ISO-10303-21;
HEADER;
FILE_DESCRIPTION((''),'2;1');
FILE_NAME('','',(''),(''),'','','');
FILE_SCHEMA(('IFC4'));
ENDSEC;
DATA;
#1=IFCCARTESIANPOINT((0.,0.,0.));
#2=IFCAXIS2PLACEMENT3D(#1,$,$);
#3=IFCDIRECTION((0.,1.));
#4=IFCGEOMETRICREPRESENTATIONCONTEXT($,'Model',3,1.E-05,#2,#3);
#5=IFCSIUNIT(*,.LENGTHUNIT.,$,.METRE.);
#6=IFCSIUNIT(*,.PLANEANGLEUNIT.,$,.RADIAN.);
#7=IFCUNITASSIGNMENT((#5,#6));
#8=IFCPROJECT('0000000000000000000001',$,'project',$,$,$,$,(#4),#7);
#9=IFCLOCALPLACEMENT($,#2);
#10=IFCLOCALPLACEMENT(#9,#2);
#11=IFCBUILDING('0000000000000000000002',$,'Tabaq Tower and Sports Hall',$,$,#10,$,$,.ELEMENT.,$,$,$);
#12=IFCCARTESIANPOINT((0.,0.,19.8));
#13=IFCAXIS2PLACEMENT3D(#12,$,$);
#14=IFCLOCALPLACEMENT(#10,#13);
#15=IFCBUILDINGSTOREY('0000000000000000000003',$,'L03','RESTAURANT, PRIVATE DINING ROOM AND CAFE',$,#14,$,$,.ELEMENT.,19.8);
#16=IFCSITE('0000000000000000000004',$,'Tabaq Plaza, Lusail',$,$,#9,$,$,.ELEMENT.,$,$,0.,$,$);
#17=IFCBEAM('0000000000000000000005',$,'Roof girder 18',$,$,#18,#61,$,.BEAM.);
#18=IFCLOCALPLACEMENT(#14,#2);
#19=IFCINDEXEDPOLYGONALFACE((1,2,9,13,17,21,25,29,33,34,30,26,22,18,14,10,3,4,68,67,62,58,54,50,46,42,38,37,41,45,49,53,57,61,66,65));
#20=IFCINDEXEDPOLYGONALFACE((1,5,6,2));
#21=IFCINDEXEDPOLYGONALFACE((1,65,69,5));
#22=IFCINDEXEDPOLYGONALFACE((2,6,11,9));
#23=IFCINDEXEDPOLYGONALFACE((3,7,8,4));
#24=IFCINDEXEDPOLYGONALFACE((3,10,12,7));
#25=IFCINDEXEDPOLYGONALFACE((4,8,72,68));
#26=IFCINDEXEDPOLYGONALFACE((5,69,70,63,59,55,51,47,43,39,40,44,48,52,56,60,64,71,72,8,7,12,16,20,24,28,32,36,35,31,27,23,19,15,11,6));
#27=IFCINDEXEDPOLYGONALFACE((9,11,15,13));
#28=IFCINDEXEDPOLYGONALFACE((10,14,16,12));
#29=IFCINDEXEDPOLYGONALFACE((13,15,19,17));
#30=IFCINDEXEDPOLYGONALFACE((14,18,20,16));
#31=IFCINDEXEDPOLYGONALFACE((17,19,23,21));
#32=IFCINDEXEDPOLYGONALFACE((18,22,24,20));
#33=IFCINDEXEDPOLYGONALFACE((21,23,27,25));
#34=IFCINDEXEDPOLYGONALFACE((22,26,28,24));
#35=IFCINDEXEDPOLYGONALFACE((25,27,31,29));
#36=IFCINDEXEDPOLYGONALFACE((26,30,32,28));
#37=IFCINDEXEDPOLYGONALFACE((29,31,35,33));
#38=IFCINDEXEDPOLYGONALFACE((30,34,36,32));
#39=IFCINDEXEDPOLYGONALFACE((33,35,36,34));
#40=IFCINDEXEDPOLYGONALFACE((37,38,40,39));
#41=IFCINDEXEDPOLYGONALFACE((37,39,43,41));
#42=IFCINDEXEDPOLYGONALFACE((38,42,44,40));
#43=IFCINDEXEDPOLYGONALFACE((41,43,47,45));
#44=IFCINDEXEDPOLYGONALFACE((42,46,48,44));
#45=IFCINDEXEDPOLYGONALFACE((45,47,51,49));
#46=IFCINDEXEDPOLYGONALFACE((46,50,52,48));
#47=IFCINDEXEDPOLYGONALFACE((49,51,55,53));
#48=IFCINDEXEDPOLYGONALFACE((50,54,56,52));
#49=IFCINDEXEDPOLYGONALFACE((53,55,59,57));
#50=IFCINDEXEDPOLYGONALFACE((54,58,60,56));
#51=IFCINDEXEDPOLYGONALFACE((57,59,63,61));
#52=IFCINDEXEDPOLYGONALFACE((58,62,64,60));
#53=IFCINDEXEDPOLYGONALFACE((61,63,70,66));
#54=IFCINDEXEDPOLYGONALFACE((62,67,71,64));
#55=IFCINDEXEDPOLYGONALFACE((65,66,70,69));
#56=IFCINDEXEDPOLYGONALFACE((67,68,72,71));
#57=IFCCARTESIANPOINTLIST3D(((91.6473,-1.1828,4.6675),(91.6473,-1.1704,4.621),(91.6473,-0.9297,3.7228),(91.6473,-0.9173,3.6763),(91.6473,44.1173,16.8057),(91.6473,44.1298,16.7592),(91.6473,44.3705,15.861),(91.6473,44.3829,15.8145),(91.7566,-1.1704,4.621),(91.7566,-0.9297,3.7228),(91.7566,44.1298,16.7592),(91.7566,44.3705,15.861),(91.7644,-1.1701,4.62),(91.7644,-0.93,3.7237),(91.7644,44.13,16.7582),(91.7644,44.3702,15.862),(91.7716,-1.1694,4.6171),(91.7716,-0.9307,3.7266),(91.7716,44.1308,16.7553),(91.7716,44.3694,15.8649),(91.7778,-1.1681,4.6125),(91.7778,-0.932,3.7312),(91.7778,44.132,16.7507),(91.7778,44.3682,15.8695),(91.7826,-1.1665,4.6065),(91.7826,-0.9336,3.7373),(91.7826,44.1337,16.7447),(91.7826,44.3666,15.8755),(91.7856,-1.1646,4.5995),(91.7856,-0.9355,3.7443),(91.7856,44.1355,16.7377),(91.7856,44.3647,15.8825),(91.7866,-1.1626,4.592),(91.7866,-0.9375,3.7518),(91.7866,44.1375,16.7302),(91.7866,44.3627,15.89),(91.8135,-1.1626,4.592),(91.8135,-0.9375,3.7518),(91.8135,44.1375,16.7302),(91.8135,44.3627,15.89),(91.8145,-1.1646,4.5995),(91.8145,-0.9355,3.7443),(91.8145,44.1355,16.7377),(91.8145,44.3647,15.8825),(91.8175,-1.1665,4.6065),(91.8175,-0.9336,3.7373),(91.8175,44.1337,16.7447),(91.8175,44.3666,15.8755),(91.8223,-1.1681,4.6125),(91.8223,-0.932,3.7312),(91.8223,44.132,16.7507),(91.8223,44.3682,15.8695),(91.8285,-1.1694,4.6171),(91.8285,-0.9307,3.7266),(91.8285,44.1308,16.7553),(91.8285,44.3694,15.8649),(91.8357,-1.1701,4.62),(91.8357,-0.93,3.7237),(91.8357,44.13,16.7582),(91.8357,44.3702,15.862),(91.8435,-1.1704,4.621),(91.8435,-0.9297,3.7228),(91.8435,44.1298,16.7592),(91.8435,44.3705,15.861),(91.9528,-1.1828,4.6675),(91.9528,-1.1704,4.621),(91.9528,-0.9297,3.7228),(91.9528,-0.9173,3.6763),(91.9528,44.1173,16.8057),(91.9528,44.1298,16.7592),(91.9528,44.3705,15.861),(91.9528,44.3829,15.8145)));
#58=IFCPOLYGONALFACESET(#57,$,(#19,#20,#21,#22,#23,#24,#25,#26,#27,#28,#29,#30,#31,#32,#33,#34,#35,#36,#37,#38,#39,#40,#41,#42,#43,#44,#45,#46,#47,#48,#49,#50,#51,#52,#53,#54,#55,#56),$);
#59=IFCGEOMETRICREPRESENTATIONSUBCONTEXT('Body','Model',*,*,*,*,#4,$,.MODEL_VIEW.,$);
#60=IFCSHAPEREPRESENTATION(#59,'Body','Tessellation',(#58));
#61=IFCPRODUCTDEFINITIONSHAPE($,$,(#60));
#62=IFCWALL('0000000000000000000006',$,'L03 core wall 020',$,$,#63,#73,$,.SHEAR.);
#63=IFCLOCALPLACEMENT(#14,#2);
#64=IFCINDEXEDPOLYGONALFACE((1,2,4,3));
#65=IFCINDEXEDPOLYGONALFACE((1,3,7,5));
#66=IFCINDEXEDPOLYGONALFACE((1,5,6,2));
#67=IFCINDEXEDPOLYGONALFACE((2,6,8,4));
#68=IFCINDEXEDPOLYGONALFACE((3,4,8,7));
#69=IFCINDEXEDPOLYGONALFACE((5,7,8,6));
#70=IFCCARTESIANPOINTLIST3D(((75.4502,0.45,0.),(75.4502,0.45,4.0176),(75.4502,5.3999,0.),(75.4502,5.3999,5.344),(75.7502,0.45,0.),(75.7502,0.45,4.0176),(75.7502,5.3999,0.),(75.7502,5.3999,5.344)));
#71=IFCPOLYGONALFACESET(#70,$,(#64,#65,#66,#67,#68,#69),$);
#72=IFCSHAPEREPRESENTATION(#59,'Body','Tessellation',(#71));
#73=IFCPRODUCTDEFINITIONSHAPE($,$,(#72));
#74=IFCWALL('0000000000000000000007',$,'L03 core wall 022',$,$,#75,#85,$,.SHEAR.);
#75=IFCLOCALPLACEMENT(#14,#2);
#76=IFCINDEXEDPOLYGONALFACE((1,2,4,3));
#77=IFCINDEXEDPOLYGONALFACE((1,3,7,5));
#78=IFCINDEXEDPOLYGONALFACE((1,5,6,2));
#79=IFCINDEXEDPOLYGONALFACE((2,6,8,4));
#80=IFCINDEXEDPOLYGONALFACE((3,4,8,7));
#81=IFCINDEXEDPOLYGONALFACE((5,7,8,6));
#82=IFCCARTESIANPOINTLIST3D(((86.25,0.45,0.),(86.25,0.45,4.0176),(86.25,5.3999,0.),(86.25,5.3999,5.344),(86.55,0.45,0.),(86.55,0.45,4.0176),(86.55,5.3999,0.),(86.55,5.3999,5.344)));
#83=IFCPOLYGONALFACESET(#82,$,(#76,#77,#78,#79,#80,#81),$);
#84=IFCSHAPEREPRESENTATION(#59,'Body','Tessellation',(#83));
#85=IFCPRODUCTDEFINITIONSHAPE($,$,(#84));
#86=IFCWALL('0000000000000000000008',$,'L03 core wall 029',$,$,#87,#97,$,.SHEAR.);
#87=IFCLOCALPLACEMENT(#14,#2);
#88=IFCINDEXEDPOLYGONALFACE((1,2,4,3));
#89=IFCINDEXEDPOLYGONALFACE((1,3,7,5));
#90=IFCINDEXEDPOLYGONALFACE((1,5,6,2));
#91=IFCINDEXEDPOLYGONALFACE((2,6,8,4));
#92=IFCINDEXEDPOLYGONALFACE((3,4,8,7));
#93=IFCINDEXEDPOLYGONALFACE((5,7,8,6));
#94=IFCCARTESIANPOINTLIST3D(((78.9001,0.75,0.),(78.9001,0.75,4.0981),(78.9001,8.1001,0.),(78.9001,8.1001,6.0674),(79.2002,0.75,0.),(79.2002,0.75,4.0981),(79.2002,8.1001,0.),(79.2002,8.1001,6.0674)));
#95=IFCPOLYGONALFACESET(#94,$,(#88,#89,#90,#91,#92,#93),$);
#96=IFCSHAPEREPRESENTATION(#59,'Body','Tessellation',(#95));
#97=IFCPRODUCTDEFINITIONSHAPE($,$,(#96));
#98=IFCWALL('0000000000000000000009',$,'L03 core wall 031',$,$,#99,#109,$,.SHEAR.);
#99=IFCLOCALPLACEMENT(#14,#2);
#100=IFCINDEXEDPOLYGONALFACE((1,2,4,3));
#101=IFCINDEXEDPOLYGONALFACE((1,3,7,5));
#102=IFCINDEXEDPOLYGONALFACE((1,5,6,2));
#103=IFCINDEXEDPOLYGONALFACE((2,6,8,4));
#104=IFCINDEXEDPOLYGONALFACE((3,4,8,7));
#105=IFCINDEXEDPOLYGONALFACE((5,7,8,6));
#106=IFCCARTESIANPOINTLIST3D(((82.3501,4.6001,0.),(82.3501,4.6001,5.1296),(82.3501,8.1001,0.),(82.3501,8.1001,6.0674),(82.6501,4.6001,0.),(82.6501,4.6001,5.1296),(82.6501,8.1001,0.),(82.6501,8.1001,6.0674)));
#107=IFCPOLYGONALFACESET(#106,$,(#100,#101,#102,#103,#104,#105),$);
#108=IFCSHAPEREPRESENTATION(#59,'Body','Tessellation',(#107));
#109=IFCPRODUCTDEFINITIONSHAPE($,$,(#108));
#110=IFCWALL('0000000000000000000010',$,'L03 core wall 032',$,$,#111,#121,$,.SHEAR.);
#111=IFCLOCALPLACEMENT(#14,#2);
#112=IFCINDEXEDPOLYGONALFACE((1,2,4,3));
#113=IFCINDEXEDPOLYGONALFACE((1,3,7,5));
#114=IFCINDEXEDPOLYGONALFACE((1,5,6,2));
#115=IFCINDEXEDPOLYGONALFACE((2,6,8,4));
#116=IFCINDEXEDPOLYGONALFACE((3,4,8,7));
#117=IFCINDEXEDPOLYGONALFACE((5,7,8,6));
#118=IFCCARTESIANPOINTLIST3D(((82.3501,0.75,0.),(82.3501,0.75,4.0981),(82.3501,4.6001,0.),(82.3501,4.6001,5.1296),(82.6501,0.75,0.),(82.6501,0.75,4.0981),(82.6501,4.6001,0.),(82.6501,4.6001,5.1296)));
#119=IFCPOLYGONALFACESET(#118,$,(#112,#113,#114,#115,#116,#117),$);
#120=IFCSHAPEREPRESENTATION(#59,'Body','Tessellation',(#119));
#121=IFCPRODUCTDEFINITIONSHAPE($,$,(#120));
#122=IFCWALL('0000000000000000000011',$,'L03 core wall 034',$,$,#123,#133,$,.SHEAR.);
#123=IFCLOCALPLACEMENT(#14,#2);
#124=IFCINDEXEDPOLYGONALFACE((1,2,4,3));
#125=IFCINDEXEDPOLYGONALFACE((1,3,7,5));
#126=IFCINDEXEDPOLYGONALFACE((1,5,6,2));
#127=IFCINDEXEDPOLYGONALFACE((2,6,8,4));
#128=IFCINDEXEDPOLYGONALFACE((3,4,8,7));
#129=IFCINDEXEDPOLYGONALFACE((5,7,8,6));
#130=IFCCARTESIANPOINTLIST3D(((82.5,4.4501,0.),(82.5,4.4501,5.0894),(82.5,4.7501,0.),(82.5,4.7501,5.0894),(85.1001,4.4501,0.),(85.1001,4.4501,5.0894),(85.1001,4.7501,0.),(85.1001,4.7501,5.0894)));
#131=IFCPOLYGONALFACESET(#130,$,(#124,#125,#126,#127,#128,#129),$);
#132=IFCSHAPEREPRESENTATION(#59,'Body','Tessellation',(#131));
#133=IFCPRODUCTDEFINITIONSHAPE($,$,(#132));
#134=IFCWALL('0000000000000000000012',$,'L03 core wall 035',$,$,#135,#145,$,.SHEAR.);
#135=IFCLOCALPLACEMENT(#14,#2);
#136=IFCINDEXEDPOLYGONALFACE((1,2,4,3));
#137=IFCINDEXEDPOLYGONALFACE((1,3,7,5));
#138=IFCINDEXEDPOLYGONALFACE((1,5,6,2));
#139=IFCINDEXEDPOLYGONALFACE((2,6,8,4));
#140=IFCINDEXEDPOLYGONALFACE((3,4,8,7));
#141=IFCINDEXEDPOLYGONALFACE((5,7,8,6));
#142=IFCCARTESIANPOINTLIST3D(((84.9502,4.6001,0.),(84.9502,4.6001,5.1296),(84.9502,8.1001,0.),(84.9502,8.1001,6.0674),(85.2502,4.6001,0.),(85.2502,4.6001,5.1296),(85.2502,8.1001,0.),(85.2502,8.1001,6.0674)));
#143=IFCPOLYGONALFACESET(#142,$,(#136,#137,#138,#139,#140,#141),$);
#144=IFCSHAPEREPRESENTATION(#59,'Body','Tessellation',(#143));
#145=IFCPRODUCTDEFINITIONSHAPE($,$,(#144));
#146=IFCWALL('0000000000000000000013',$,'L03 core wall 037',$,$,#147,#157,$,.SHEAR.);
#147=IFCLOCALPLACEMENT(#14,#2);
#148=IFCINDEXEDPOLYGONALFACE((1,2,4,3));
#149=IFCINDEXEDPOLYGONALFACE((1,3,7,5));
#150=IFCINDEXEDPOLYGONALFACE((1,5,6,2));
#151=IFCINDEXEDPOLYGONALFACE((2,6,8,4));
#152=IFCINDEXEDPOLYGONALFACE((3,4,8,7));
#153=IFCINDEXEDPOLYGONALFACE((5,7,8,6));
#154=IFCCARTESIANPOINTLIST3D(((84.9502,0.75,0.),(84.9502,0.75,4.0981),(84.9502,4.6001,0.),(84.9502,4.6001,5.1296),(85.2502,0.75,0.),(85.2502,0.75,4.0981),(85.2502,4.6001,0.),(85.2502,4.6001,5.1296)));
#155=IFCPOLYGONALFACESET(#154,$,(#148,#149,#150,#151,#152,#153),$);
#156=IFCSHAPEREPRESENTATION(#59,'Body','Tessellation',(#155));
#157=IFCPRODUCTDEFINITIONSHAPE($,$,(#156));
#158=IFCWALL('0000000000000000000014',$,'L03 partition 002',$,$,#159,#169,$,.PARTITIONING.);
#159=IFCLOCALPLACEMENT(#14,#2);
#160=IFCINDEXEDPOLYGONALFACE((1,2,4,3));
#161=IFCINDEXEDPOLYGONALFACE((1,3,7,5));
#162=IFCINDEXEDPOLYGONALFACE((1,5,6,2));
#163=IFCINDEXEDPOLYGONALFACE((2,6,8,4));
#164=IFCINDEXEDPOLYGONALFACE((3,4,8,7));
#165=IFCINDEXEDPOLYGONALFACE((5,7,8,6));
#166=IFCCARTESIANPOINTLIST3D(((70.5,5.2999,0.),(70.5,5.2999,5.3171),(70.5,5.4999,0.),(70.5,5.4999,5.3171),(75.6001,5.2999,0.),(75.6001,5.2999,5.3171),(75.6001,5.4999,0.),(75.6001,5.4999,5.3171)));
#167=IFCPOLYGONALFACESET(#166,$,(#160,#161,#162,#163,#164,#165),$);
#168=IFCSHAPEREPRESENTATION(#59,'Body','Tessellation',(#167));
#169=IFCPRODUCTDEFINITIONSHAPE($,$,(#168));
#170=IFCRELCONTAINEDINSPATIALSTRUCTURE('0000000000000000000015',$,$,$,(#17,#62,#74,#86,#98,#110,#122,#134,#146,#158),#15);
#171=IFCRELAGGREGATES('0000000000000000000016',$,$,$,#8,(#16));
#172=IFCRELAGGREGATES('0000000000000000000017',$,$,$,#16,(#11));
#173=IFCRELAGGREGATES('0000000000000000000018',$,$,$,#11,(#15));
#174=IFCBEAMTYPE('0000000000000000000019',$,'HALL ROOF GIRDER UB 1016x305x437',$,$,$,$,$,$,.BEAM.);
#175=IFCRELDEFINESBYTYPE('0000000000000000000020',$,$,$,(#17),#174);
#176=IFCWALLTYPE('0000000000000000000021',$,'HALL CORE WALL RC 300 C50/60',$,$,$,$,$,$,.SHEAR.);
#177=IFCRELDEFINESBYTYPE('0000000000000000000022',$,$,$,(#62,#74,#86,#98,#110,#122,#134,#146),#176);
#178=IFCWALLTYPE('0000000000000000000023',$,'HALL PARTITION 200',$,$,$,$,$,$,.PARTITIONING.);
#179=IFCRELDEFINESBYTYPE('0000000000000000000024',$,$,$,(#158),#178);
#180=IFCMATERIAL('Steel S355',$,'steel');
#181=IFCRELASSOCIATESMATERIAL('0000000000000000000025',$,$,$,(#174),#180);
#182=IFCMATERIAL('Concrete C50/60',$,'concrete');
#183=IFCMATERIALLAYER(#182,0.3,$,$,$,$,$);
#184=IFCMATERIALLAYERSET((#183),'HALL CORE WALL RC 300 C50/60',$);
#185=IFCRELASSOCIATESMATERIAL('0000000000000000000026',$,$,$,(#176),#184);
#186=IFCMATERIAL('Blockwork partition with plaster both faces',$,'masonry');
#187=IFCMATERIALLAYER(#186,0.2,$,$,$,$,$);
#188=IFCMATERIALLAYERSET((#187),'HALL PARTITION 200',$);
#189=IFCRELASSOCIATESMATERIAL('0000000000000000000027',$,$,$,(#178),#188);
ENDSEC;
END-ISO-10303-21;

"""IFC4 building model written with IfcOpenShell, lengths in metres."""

from ifc_helpers import new_model, si_unit, direction, frame, frame_2d, origin, origin_2d, place, context, subcontext, project, spatial, polyline, rectangle, i_section, outline, extrude, material, layer, layer_set, material_profile, profile_set, type_object, element, save


model = new_model("IFC4")

# Units and contexts
model_context = context("Model", 3, precision=1e-05, world=origin(), true_north=direction((0.0, 1.0)))
body_context = subcontext(model_context, "Body", "Model", "MODEL_VIEW")
ifc_project = project(units=[si_unit("LENGTHUNIT", "METRE"), si_unit("PLANEANGLEUNIT", "RADIAN")], contexts=[model_context])

# Site, building, storey
site_placement = place(None, origin())
site = spatial("IfcSite", under=ifc_project, at=site_placement, Name="Tabaq Plaza, Lusail", CompositionType="ELEMENT", RefElevation=0.0)
building_placement = place(site_placement, origin())
building = spatial("IfcBuilding", under=site, at=building_placement, Name="Tabaq Tower and Sports Hall", CompositionType="ELEMENT")
storey_placement = place(building_placement, frame((0.0, 0.0, 19.8)))
storey = spatial("IfcBuildingStorey", under=building, at=storey_placement, Name="L03", Description="RESTAURANT, PRIVATE DINING ROOM AND CAFE", CompositionType="ELEMENT", Elevation=19.8)

# Beam
ifc_material_1 = material(Name="Steel S355", Category="steel")
ifc_material_profile_1 = material_profile(ifc_material_1, i_section(OverallWidth=0.3054, OverallDepth=1.0261, WebThickness=0.0269, FlangeThickness=0.0481, FilletRadius=0.03, at=origin_2d()), Name="UB 1016x305x437")
ifc_profile_set_1 = profile_set([ifc_material_profile_1], Name="Steel S355")
beam_type_1 = type_object("IfcBeamType", Name="HALL ROOF GIRDER UB 1016x305x437", PredefinedType="BEAM", material=ifc_profile_set_1)
for number, where, z_axis, x_axis, name in (
    (1, (91.8, -1.05, 4.1719), (0.0, 0.965925, 0.25882), (-1.0, 0.0, 0.0), "Roof girder 18"),
):
    element("IfcBeam", number, at=place(storey_placement, frame(where, z_axis=z_axis, x_axis=x_axis)), inside=storey, type_object=beam_type_1, Name=name, PredefinedType="BEAM", context=body_context, shape_type="SweptSolid", body=[
        extrude(i_section(OverallWidth=0.3054, OverallDepth=1.0261, WebThickness=0.0269, FlangeThickness=0.0481, FilletRadius=0.03, at=origin_2d()), origin(), (0.0, 0.0, 1.0), 46.8982),
    ])

# Walls
ifc_material_2 = material(Name="Concrete C50/60", Category="concrete")
ifc_layer_1 = layer(ifc_material_2, 0.3)
ifc_layer_set_1 = layer_set([ifc_layer_1], Name="HALL CORE WALL RC 300 C50/60")
wall_type_1 = type_object("IfcWallType", Name="HALL CORE WALL RC 300 C50/60", PredefinedType="SHEAR", material=ifc_layer_set_1)
for number, where, z_axis, x_axis, name in (
    (2, (75.6001, 0.45, 0.0), (0.0, 0.0, 1.0), (0.0, 1.0, 0.0), "L03 core wall 020"),
    (3, (86.3999, 0.45, 0.0), (0.0, 0.0, 1.0), (0.0, 1.0, 0.0), "L03 core wall 022"),
):
    element("IfcWall", number, at=place(storey_placement, frame(where, z_axis=z_axis, x_axis=x_axis)), inside=storey, type_object=wall_type_1, Name=name, PredefinedType="SHEAR", context=body_context, shape_type="SweptSolid", body=[
        extrude(outline(polyline([(0.0, 0.0), (4.95, 0.0), (4.95, 5.344), (0.0, 4.0176), (0.0, 0.0)])), frame((0.0, 0.1499, 0.0), z_axis=(0.0, -1.0, 0.0), x_axis=(1.0, 0.0, 0.0)), (0.0, 0.0, 1.0), 0.3),
    ])
wall_1_placement = place(storey_placement, frame((79.05, 0.75, 0.0), z_axis=(0.0, 0.0, 1.0), x_axis=(0.0, 1.0, 0.0)))
element("IfcWall", 4, at=wall_1_placement, inside=storey, type_object=wall_type_1, Name="L03 core wall 029", PredefinedType="SHEAR", context=body_context, shape_type="SweptSolid", body=[
    extrude(outline(polyline([(0.0, 0.0), (7.3501, 0.0), (7.3501, 6.0674), (0.0, 4.0981), (0.0, 0.0)])), frame((0.0, 0.1499, 0.0), z_axis=(0.0, -1.0, 0.0), x_axis=(1.0, 0.0, 0.0)), (0.0, 0.0, 1.0), 0.3),
])
wall_2_placement = place(storey_placement, frame((82.5, 4.6001, 0.0), z_axis=(0.0, 0.0, 1.0), x_axis=(0.0, 1.0, 0.0)))
element("IfcWall", 5, at=wall_2_placement, inside=storey, type_object=wall_type_1, Name="L03 core wall 031", PredefinedType="SHEAR", context=body_context, shape_type="SweptSolid", body=[
    extrude(outline(polyline([(0.0, 0.0), (3.5, 0.0), (3.5, 6.0674), (0.0, 5.1296), (0.0, 0.0)])), frame((0.0, 0.1499, 0.0), z_axis=(0.0, -1.0, 0.0), x_axis=(1.0, 0.0, 0.0)), (0.0, 0.0, 1.0), 0.3),
])
wall_3_placement = place(storey_placement, frame((82.5, 0.75, 0.0), z_axis=(0.0, 0.0, 1.0), x_axis=(0.0, 1.0, 0.0)))
element("IfcWall", 6, at=wall_3_placement, inside=storey, type_object=wall_type_1, Name="L03 core wall 032", PredefinedType="SHEAR", context=body_context, shape_type="SweptSolid", body=[
    extrude(outline(polyline([(0.0, 0.0), (3.8501, 0.0), (3.8501, 5.1296), (0.0, 4.0981), (0.0, 0.0)])), frame((0.0, 0.1499, 0.0), z_axis=(0.0, -1.0, 0.0), x_axis=(1.0, 0.0, 0.0)), (0.0, 0.0, 1.0), 0.3),
])
wall_4_placement = place(storey_placement, frame((82.5, 4.6001, 0.0), z_axis=(0.0, 0.0, 1.0), x_axis=(1.0, 0.0, 0.0)))
element("IfcWall", 7, at=wall_4_placement, inside=storey, type_object=wall_type_1, Name="L03 core wall 034", PredefinedType="SHEAR", context=body_context, shape_type="SweptSolid", body=[
    extrude(rectangle(XDim=2.6001, YDim=0.3, at=frame_2d((1.3, 0.0))), origin(), (0.0, 0.0, 1.0), 5.0894),
])
wall_5_placement = place(storey_placement, frame((85.1001, 4.6001, 0.0), z_axis=(0.0, 0.0, 1.0), x_axis=(0.0, 1.0, 0.0)))
element("IfcWall", 8, at=wall_5_placement, inside=storey, type_object=wall_type_1, Name="L03 core wall 035", PredefinedType="SHEAR", context=body_context, shape_type="SweptSolid", body=[
    extrude(outline(polyline([(0.0, 0.0), (3.5, 0.0), (3.5, 6.0674), (0.0, 5.1296), (0.0, 0.0)])), frame((0.0, 0.1499, 0.0), z_axis=(0.0, -1.0, 0.0), x_axis=(1.0, 0.0, 0.0)), (0.0, 0.0, 1.0), 0.3),
])
wall_6_placement = place(storey_placement, frame((85.1001, 0.75, 0.0), z_axis=(0.0, 0.0, 1.0), x_axis=(0.0, 1.0, 0.0)))
element("IfcWall", 9, at=wall_6_placement, inside=storey, type_object=wall_type_1, Name="L03 core wall 037", PredefinedType="SHEAR", context=body_context, shape_type="SweptSolid", body=[
    extrude(outline(polyline([(0.0, 0.0), (3.8501, 0.0), (3.8501, 5.1296), (0.0, 4.0981), (0.0, 0.0)])), frame((0.0, 0.1499, 0.0), z_axis=(0.0, -1.0, 0.0), x_axis=(1.0, 0.0, 0.0)), (0.0, 0.0, 1.0), 0.3),
])
ifc_material_3 = material(Name="Blockwork partition with plaster both faces", Category="masonry")
ifc_layer_2 = layer(ifc_material_3, 0.2)
ifc_layer_set_2 = layer_set([ifc_layer_2], Name="HALL PARTITION 200")
wall_type_2 = type_object("IfcWallType", Name="HALL PARTITION 200", PredefinedType="PARTITIONING", material=ifc_layer_set_2)
wall_7_placement = place(storey_placement, frame((70.5, 5.3999, 0.0), z_axis=(0.0, 0.0, 1.0), x_axis=(1.0, 0.0, 0.0)))
element("IfcWall", 10, at=wall_7_placement, inside=storey, type_object=wall_type_2, Name="L03 partition 002", PredefinedType="PARTITIONING", context=body_context, shape_type="SweptSolid", body=[
    extrude(rectangle(XDim=5.1001, YDim=0.2, at=frame_2d((2.55, 0.0))), origin(), (0.0, 0.0, 1.0), 5.3171),
])

save(model, "model.ifc")
